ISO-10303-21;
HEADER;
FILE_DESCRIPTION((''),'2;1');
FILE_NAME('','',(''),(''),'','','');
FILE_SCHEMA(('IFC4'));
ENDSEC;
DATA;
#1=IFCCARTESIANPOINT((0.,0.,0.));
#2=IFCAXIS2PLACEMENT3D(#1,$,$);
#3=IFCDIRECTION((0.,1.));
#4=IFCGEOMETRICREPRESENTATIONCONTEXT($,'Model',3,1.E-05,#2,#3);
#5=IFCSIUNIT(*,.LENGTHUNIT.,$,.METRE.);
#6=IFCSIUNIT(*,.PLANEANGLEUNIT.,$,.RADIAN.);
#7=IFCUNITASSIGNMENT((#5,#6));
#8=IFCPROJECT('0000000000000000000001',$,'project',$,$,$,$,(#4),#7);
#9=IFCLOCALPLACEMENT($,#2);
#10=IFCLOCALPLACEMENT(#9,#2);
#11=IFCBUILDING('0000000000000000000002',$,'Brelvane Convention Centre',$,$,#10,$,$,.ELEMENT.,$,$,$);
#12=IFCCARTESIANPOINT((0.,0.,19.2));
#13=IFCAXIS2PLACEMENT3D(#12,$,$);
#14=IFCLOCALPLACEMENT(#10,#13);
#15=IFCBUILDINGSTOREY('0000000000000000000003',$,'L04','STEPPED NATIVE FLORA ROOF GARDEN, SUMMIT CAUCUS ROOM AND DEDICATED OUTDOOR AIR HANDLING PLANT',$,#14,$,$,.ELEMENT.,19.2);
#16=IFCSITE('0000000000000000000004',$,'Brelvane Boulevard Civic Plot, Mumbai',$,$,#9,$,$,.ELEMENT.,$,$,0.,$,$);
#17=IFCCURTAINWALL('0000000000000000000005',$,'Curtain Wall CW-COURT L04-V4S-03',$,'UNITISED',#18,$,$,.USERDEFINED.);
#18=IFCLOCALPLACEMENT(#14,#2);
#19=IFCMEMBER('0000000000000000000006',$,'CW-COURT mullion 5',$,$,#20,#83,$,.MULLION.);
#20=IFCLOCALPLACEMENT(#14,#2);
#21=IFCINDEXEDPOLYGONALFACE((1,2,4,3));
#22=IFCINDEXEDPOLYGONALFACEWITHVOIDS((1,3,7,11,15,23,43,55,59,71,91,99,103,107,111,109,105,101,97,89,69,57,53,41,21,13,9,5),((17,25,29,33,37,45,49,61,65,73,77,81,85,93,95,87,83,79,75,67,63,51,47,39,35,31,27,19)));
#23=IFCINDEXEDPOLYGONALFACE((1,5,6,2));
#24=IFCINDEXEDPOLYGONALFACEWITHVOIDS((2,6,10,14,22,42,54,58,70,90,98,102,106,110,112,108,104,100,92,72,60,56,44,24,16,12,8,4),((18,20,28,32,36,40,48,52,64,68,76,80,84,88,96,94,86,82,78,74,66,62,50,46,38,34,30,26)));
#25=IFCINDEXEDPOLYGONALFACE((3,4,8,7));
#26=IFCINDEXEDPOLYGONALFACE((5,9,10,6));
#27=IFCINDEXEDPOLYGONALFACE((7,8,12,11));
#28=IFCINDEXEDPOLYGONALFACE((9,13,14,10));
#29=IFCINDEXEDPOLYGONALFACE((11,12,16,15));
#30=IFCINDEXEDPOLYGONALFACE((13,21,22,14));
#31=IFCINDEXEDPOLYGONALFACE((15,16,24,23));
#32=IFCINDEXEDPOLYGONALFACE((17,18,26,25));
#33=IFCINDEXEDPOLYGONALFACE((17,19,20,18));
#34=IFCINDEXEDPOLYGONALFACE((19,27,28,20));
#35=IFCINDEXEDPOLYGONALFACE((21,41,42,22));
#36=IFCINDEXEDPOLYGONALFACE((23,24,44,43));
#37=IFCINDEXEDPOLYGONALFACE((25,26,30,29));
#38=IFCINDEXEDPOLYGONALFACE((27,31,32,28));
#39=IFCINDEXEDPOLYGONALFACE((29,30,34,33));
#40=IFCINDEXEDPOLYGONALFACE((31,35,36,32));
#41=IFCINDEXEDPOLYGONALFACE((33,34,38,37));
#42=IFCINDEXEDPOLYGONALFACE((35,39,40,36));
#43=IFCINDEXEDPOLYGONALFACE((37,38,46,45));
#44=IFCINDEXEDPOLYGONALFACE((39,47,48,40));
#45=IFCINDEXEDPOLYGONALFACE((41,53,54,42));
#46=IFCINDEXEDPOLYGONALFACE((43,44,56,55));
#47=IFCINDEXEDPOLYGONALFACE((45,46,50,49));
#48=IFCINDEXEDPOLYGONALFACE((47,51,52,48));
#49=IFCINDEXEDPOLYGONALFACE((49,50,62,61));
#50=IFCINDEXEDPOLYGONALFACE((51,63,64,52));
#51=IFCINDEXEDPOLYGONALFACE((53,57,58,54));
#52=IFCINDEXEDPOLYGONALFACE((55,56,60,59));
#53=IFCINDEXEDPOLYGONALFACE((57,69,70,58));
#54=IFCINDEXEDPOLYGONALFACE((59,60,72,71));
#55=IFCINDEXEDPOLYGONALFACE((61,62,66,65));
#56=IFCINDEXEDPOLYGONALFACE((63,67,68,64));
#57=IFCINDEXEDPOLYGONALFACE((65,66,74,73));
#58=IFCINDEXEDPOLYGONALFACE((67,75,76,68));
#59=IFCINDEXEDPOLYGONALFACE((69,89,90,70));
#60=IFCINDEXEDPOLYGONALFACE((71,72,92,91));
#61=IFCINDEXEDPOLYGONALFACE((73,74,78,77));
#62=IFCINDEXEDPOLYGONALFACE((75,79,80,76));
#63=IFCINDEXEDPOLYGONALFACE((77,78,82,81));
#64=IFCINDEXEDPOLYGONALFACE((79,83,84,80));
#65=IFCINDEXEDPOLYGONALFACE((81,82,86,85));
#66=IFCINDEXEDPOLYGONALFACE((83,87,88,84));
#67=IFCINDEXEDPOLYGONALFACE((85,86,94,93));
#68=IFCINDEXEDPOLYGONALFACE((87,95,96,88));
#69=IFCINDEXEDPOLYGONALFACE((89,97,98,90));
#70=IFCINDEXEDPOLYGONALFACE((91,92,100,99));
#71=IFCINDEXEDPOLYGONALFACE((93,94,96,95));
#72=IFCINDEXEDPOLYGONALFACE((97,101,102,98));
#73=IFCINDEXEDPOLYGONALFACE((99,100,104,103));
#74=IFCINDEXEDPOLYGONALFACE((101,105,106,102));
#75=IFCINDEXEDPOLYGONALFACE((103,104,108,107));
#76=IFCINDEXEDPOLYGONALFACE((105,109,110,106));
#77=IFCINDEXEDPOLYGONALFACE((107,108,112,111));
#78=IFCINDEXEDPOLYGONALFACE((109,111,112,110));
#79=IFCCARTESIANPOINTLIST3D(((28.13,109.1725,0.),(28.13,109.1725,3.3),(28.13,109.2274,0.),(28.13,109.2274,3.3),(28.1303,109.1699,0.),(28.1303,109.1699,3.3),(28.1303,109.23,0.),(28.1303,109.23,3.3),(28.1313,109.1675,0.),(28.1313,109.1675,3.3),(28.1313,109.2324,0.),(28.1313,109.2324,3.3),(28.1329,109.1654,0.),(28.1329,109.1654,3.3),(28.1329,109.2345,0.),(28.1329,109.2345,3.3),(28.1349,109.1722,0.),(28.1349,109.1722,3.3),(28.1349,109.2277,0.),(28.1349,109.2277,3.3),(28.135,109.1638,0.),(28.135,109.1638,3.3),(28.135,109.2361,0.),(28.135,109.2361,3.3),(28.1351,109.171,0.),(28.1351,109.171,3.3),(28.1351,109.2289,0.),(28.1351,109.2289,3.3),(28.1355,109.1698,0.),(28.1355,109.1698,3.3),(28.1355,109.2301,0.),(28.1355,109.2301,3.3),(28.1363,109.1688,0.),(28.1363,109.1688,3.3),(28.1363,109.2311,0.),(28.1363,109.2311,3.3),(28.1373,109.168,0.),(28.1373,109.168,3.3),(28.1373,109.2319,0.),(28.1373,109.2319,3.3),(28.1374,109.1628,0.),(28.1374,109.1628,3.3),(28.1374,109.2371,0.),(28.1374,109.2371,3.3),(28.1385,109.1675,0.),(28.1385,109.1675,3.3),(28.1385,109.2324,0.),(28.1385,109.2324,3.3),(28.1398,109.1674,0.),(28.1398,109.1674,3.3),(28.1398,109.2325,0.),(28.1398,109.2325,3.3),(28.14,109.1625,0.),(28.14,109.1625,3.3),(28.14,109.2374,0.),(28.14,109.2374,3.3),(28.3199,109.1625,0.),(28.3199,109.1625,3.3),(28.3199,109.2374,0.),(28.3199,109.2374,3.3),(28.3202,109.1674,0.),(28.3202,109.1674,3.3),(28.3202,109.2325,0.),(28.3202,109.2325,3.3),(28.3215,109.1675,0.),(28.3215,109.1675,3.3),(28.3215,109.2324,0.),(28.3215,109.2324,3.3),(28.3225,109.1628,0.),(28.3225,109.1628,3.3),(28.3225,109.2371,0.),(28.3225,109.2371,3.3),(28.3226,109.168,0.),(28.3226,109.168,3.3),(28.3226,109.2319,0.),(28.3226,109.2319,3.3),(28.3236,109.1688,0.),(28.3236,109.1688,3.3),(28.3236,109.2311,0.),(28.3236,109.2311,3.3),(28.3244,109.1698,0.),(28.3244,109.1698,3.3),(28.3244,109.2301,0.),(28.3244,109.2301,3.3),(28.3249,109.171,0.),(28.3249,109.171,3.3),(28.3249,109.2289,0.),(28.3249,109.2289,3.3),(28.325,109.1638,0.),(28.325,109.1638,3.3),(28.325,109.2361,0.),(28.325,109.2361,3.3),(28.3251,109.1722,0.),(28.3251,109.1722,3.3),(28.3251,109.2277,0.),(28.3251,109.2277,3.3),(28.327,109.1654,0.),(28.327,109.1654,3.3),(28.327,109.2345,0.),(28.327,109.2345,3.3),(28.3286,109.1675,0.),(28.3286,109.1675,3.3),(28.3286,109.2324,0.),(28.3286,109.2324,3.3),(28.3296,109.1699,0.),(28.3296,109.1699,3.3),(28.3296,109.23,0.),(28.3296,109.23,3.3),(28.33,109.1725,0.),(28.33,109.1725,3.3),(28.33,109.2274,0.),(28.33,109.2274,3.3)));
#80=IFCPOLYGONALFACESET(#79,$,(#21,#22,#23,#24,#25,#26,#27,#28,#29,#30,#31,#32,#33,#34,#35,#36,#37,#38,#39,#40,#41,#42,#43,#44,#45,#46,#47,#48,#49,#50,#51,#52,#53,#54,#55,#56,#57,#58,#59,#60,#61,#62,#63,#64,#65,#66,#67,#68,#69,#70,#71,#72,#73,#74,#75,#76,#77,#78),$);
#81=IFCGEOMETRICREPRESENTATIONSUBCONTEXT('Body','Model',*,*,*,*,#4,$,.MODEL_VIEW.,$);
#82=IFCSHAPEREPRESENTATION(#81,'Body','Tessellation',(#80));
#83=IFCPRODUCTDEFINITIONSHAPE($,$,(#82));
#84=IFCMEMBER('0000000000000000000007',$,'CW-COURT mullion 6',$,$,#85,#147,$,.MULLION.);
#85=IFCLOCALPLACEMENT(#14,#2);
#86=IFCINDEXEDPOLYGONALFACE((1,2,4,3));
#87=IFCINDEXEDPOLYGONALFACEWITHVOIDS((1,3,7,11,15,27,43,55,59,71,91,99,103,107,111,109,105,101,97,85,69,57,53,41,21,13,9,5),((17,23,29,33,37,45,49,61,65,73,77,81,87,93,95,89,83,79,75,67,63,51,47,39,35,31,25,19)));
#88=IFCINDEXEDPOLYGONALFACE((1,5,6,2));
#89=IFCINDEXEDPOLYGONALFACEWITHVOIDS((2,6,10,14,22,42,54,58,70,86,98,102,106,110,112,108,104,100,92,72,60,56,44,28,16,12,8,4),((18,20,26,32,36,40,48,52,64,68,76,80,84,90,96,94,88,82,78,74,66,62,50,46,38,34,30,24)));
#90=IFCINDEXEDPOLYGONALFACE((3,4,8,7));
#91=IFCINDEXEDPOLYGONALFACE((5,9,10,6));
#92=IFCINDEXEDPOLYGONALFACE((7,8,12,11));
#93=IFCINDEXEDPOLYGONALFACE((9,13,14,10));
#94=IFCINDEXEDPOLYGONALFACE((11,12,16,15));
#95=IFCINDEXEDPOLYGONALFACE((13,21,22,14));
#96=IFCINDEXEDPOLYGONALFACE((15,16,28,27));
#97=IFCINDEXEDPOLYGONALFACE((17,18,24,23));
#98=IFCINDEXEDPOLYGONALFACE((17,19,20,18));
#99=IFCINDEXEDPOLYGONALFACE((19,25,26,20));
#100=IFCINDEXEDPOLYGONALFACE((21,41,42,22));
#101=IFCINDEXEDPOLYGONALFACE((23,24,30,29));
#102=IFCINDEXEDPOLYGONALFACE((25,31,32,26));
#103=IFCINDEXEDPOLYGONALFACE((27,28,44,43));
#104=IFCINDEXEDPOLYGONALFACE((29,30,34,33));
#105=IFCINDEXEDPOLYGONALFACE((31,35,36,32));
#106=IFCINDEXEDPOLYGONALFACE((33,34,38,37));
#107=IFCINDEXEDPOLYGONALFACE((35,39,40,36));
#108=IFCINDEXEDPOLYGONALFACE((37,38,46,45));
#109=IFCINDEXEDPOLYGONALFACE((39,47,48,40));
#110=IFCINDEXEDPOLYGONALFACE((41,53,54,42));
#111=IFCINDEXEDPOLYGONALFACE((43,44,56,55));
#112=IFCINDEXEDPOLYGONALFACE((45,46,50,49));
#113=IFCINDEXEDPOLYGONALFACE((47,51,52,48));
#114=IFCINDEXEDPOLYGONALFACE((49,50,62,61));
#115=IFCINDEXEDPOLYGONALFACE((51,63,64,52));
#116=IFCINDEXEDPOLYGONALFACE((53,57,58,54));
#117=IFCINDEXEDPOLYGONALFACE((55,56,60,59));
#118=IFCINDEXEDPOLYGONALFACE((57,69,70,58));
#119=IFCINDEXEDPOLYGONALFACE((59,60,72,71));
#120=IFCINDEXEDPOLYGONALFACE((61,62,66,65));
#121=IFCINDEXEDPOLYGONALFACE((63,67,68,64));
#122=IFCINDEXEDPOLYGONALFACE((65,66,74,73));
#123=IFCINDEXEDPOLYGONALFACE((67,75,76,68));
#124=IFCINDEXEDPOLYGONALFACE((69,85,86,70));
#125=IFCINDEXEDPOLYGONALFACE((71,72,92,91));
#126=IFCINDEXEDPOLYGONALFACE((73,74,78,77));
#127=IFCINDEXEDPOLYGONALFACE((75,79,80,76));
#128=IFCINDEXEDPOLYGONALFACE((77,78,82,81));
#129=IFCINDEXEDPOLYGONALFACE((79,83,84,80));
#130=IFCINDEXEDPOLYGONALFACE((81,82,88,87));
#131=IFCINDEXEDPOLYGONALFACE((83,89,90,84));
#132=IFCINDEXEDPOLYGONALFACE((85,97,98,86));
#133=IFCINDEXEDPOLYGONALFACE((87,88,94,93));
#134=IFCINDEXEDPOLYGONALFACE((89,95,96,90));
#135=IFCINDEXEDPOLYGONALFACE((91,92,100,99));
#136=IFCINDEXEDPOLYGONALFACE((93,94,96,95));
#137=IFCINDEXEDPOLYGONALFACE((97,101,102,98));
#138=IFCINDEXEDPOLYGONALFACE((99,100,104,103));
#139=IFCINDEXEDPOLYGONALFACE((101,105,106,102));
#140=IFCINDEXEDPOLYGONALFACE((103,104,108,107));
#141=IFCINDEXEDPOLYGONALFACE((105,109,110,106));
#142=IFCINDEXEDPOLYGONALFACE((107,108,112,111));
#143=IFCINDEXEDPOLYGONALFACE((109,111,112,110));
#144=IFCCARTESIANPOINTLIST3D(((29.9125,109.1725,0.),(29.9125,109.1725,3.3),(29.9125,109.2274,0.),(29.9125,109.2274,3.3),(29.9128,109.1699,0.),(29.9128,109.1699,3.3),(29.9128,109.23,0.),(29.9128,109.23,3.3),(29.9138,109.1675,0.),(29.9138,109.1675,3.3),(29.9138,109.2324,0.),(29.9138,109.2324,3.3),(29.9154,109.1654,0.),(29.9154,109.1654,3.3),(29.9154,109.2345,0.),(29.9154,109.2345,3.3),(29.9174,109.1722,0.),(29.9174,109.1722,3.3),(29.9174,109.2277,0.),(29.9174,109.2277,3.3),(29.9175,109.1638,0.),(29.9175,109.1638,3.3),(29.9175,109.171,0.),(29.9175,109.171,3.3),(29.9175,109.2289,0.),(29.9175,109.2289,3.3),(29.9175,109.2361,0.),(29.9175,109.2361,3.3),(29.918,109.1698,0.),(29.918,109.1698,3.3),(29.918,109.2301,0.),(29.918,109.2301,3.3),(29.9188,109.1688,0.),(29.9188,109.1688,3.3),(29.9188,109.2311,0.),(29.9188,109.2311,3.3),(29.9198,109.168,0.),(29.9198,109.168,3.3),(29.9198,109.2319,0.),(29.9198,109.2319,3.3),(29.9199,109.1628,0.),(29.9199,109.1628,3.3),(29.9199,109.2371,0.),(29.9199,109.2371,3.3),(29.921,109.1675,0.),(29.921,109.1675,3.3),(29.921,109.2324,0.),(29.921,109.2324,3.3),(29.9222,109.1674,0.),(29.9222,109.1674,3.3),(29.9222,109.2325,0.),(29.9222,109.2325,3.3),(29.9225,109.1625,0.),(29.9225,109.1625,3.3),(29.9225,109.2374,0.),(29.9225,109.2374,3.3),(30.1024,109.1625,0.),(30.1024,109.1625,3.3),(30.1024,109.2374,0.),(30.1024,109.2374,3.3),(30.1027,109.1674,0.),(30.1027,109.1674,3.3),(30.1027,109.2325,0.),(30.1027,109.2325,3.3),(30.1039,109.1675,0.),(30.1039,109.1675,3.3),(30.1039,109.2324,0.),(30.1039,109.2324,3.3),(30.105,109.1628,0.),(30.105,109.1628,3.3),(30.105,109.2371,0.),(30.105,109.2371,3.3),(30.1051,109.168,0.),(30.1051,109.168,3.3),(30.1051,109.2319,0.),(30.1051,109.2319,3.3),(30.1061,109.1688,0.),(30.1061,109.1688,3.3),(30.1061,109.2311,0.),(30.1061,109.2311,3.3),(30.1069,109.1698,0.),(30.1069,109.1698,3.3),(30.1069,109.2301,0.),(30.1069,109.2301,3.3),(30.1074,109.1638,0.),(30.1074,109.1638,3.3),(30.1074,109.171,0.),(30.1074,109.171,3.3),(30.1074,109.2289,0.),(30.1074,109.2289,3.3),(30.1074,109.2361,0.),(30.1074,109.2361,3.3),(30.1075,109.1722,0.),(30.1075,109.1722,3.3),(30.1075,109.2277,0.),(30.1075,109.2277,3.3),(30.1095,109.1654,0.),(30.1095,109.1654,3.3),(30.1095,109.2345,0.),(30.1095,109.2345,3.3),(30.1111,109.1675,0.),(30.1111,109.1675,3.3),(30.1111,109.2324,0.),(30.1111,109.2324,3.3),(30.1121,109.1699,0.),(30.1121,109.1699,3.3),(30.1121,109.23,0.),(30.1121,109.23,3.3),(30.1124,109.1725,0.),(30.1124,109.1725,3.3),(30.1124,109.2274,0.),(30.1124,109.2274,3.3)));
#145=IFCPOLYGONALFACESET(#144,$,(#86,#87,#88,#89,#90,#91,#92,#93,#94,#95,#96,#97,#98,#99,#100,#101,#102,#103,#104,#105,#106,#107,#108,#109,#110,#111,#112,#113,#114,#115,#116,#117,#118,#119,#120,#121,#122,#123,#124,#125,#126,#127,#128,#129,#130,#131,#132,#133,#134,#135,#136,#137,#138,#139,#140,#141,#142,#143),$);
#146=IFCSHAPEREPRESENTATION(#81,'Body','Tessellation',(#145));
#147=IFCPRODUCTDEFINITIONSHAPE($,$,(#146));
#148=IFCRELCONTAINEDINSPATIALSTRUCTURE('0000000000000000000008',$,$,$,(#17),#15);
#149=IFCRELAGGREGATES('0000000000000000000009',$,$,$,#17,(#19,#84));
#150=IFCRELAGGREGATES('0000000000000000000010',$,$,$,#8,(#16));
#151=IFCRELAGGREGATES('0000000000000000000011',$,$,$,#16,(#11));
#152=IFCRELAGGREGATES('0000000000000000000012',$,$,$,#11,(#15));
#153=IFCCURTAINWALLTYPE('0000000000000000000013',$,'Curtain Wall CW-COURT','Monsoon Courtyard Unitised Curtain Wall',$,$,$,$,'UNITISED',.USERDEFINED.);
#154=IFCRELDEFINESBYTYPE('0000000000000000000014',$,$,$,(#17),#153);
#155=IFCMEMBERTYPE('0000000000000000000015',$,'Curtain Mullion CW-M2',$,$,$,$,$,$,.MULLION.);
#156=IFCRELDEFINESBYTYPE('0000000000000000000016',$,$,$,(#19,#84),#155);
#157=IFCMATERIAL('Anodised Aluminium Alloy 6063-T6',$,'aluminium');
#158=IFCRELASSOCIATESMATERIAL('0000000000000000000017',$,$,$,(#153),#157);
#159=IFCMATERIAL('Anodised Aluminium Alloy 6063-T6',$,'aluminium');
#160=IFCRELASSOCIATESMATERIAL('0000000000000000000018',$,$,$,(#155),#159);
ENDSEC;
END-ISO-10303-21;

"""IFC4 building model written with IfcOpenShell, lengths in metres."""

from ifc_helpers import new_model, si_unit, direction, frame, origin, origin_2d, place, context, subcontext, project, spatial, hollow_rectangle, extrude, material, material_profile, profile_set, type_object, element, aggregate, save


model = new_model("IFC4")

# Units and contexts
model_context = context("Model", 3, precision=1e-05, world=origin(), true_north=direction((0.0, 1.0)))
body_context = subcontext(model_context, "Body", "Model", "MODEL_VIEW")
ifc_project = project(units=[si_unit("LENGTHUNIT", "METRE"), si_unit("PLANEANGLEUNIT", "RADIAN")], contexts=[model_context])

# Site, building, storey
site_placement = place(None, origin())
site = spatial("IfcSite", under=ifc_project, at=site_placement, Name="Brelvane Boulevard Civic Plot, Mumbai", CompositionType="ELEMENT", RefElevation=0.0)
building_placement = place(site_placement, origin())
building = spatial("IfcBuilding", under=site, at=building_placement, Name="Brelvane Convention Centre", CompositionType="ELEMENT")
storey_placement = place(building_placement, frame((0.0, 0.0, 19.2)))
storey = spatial("IfcBuildingStorey", under=building, at=storey_placement, Name="L04", Description="STEPPED NATIVE FLORA ROOF GARDEN, SUMMIT CAUCUS ROOM AND DEDICATED OUTDOOR AIR HANDLING PLANT", CompositionType="ELEMENT", Elevation=19.2)

# Curtain wall, members
ifc_material_1 = material(Name="Anodised Aluminium Alloy 6063-T6", Category="aluminium")
curtain_wall_type = type_object("IfcCurtainWallType", Name="Curtain Wall CW-COURT", Description="Monsoon Courtyard Unitised Curtain Wall", ElementType="UNITISED", PredefinedType="USERDEFINED", material=ifc_material_1)
curtain_wall_placement = place(storey_placement, origin())
curtain_wall = element("IfcCurtainWall", 1, at=curtain_wall_placement, inside=storey, type_object=curtain_wall_type, Name="Curtain Wall CW-COURT L04-V4S-03", ObjectType="UNITISED", PredefinedType="USERDEFINED")
ifc_material_2 = material(Name="Anodised Aluminium Alloy 6063-T6", Category="aluminium")
ifc_material_profile_1 = material_profile(ifc_material_2, hollow_rectangle(XDim=0.075, YDim=0.2, WallThickness=0.0049, InnerFilletRadius=0.0049, OuterFilletRadius=0.01, at=origin_2d()), Name="ALU-M 200x75x5.0")
ifc_profile_set_1 = profile_set([ifc_material_profile_1], Name="Anodised Aluminium Alloy 6063-T6")
member_type_1 = type_object("IfcMemberType", Name="Curtain Mullion CW-M2", PredefinedType="MULLION", material=ifc_profile_set_1)
member_1_placement = place(storey_placement, frame((28.23, 109.2, 0.0), z_axis=(0.0, 0.0, 1.0), x_axis=(0.0, 1.0, 0.0)))
member_1 = element("IfcMember", 2, at=member_1_placement, type_object=member_type_1, Name="CW-COURT mullion 5", PredefinedType="MULLION", context=body_context, shape_type="SweptSolid", body=[
    extrude(hollow_rectangle(XDim=0.075, YDim=0.2, WallThickness=0.0049, InnerFilletRadius=0.0049, OuterFilletRadius=0.01, at=origin_2d()), origin(), (0.0, 0.0, 1.0), 3.3),
])
member_2_placement = place(storey_placement, frame((30.0125, 109.2, 0.0), z_axis=(0.0, 0.0, 1.0), x_axis=(0.0, 1.0, 0.0)))
member_2 = element("IfcMember", 3, at=member_2_placement, type_object=member_type_1, Name="CW-COURT mullion 6", PredefinedType="MULLION", context=body_context, shape_type="SweptSolid", body=[
    extrude(hollow_rectangle(XDim=0.075, YDim=0.2, WallThickness=0.0049, InnerFilletRadius=0.0049, OuterFilletRadius=0.01, at=origin_2d()), origin(), (0.0, 0.0, 1.0), 3.3),
])
aggregate(curtain_wall, [member_1, member_2])

save(model, "model.ifc")
